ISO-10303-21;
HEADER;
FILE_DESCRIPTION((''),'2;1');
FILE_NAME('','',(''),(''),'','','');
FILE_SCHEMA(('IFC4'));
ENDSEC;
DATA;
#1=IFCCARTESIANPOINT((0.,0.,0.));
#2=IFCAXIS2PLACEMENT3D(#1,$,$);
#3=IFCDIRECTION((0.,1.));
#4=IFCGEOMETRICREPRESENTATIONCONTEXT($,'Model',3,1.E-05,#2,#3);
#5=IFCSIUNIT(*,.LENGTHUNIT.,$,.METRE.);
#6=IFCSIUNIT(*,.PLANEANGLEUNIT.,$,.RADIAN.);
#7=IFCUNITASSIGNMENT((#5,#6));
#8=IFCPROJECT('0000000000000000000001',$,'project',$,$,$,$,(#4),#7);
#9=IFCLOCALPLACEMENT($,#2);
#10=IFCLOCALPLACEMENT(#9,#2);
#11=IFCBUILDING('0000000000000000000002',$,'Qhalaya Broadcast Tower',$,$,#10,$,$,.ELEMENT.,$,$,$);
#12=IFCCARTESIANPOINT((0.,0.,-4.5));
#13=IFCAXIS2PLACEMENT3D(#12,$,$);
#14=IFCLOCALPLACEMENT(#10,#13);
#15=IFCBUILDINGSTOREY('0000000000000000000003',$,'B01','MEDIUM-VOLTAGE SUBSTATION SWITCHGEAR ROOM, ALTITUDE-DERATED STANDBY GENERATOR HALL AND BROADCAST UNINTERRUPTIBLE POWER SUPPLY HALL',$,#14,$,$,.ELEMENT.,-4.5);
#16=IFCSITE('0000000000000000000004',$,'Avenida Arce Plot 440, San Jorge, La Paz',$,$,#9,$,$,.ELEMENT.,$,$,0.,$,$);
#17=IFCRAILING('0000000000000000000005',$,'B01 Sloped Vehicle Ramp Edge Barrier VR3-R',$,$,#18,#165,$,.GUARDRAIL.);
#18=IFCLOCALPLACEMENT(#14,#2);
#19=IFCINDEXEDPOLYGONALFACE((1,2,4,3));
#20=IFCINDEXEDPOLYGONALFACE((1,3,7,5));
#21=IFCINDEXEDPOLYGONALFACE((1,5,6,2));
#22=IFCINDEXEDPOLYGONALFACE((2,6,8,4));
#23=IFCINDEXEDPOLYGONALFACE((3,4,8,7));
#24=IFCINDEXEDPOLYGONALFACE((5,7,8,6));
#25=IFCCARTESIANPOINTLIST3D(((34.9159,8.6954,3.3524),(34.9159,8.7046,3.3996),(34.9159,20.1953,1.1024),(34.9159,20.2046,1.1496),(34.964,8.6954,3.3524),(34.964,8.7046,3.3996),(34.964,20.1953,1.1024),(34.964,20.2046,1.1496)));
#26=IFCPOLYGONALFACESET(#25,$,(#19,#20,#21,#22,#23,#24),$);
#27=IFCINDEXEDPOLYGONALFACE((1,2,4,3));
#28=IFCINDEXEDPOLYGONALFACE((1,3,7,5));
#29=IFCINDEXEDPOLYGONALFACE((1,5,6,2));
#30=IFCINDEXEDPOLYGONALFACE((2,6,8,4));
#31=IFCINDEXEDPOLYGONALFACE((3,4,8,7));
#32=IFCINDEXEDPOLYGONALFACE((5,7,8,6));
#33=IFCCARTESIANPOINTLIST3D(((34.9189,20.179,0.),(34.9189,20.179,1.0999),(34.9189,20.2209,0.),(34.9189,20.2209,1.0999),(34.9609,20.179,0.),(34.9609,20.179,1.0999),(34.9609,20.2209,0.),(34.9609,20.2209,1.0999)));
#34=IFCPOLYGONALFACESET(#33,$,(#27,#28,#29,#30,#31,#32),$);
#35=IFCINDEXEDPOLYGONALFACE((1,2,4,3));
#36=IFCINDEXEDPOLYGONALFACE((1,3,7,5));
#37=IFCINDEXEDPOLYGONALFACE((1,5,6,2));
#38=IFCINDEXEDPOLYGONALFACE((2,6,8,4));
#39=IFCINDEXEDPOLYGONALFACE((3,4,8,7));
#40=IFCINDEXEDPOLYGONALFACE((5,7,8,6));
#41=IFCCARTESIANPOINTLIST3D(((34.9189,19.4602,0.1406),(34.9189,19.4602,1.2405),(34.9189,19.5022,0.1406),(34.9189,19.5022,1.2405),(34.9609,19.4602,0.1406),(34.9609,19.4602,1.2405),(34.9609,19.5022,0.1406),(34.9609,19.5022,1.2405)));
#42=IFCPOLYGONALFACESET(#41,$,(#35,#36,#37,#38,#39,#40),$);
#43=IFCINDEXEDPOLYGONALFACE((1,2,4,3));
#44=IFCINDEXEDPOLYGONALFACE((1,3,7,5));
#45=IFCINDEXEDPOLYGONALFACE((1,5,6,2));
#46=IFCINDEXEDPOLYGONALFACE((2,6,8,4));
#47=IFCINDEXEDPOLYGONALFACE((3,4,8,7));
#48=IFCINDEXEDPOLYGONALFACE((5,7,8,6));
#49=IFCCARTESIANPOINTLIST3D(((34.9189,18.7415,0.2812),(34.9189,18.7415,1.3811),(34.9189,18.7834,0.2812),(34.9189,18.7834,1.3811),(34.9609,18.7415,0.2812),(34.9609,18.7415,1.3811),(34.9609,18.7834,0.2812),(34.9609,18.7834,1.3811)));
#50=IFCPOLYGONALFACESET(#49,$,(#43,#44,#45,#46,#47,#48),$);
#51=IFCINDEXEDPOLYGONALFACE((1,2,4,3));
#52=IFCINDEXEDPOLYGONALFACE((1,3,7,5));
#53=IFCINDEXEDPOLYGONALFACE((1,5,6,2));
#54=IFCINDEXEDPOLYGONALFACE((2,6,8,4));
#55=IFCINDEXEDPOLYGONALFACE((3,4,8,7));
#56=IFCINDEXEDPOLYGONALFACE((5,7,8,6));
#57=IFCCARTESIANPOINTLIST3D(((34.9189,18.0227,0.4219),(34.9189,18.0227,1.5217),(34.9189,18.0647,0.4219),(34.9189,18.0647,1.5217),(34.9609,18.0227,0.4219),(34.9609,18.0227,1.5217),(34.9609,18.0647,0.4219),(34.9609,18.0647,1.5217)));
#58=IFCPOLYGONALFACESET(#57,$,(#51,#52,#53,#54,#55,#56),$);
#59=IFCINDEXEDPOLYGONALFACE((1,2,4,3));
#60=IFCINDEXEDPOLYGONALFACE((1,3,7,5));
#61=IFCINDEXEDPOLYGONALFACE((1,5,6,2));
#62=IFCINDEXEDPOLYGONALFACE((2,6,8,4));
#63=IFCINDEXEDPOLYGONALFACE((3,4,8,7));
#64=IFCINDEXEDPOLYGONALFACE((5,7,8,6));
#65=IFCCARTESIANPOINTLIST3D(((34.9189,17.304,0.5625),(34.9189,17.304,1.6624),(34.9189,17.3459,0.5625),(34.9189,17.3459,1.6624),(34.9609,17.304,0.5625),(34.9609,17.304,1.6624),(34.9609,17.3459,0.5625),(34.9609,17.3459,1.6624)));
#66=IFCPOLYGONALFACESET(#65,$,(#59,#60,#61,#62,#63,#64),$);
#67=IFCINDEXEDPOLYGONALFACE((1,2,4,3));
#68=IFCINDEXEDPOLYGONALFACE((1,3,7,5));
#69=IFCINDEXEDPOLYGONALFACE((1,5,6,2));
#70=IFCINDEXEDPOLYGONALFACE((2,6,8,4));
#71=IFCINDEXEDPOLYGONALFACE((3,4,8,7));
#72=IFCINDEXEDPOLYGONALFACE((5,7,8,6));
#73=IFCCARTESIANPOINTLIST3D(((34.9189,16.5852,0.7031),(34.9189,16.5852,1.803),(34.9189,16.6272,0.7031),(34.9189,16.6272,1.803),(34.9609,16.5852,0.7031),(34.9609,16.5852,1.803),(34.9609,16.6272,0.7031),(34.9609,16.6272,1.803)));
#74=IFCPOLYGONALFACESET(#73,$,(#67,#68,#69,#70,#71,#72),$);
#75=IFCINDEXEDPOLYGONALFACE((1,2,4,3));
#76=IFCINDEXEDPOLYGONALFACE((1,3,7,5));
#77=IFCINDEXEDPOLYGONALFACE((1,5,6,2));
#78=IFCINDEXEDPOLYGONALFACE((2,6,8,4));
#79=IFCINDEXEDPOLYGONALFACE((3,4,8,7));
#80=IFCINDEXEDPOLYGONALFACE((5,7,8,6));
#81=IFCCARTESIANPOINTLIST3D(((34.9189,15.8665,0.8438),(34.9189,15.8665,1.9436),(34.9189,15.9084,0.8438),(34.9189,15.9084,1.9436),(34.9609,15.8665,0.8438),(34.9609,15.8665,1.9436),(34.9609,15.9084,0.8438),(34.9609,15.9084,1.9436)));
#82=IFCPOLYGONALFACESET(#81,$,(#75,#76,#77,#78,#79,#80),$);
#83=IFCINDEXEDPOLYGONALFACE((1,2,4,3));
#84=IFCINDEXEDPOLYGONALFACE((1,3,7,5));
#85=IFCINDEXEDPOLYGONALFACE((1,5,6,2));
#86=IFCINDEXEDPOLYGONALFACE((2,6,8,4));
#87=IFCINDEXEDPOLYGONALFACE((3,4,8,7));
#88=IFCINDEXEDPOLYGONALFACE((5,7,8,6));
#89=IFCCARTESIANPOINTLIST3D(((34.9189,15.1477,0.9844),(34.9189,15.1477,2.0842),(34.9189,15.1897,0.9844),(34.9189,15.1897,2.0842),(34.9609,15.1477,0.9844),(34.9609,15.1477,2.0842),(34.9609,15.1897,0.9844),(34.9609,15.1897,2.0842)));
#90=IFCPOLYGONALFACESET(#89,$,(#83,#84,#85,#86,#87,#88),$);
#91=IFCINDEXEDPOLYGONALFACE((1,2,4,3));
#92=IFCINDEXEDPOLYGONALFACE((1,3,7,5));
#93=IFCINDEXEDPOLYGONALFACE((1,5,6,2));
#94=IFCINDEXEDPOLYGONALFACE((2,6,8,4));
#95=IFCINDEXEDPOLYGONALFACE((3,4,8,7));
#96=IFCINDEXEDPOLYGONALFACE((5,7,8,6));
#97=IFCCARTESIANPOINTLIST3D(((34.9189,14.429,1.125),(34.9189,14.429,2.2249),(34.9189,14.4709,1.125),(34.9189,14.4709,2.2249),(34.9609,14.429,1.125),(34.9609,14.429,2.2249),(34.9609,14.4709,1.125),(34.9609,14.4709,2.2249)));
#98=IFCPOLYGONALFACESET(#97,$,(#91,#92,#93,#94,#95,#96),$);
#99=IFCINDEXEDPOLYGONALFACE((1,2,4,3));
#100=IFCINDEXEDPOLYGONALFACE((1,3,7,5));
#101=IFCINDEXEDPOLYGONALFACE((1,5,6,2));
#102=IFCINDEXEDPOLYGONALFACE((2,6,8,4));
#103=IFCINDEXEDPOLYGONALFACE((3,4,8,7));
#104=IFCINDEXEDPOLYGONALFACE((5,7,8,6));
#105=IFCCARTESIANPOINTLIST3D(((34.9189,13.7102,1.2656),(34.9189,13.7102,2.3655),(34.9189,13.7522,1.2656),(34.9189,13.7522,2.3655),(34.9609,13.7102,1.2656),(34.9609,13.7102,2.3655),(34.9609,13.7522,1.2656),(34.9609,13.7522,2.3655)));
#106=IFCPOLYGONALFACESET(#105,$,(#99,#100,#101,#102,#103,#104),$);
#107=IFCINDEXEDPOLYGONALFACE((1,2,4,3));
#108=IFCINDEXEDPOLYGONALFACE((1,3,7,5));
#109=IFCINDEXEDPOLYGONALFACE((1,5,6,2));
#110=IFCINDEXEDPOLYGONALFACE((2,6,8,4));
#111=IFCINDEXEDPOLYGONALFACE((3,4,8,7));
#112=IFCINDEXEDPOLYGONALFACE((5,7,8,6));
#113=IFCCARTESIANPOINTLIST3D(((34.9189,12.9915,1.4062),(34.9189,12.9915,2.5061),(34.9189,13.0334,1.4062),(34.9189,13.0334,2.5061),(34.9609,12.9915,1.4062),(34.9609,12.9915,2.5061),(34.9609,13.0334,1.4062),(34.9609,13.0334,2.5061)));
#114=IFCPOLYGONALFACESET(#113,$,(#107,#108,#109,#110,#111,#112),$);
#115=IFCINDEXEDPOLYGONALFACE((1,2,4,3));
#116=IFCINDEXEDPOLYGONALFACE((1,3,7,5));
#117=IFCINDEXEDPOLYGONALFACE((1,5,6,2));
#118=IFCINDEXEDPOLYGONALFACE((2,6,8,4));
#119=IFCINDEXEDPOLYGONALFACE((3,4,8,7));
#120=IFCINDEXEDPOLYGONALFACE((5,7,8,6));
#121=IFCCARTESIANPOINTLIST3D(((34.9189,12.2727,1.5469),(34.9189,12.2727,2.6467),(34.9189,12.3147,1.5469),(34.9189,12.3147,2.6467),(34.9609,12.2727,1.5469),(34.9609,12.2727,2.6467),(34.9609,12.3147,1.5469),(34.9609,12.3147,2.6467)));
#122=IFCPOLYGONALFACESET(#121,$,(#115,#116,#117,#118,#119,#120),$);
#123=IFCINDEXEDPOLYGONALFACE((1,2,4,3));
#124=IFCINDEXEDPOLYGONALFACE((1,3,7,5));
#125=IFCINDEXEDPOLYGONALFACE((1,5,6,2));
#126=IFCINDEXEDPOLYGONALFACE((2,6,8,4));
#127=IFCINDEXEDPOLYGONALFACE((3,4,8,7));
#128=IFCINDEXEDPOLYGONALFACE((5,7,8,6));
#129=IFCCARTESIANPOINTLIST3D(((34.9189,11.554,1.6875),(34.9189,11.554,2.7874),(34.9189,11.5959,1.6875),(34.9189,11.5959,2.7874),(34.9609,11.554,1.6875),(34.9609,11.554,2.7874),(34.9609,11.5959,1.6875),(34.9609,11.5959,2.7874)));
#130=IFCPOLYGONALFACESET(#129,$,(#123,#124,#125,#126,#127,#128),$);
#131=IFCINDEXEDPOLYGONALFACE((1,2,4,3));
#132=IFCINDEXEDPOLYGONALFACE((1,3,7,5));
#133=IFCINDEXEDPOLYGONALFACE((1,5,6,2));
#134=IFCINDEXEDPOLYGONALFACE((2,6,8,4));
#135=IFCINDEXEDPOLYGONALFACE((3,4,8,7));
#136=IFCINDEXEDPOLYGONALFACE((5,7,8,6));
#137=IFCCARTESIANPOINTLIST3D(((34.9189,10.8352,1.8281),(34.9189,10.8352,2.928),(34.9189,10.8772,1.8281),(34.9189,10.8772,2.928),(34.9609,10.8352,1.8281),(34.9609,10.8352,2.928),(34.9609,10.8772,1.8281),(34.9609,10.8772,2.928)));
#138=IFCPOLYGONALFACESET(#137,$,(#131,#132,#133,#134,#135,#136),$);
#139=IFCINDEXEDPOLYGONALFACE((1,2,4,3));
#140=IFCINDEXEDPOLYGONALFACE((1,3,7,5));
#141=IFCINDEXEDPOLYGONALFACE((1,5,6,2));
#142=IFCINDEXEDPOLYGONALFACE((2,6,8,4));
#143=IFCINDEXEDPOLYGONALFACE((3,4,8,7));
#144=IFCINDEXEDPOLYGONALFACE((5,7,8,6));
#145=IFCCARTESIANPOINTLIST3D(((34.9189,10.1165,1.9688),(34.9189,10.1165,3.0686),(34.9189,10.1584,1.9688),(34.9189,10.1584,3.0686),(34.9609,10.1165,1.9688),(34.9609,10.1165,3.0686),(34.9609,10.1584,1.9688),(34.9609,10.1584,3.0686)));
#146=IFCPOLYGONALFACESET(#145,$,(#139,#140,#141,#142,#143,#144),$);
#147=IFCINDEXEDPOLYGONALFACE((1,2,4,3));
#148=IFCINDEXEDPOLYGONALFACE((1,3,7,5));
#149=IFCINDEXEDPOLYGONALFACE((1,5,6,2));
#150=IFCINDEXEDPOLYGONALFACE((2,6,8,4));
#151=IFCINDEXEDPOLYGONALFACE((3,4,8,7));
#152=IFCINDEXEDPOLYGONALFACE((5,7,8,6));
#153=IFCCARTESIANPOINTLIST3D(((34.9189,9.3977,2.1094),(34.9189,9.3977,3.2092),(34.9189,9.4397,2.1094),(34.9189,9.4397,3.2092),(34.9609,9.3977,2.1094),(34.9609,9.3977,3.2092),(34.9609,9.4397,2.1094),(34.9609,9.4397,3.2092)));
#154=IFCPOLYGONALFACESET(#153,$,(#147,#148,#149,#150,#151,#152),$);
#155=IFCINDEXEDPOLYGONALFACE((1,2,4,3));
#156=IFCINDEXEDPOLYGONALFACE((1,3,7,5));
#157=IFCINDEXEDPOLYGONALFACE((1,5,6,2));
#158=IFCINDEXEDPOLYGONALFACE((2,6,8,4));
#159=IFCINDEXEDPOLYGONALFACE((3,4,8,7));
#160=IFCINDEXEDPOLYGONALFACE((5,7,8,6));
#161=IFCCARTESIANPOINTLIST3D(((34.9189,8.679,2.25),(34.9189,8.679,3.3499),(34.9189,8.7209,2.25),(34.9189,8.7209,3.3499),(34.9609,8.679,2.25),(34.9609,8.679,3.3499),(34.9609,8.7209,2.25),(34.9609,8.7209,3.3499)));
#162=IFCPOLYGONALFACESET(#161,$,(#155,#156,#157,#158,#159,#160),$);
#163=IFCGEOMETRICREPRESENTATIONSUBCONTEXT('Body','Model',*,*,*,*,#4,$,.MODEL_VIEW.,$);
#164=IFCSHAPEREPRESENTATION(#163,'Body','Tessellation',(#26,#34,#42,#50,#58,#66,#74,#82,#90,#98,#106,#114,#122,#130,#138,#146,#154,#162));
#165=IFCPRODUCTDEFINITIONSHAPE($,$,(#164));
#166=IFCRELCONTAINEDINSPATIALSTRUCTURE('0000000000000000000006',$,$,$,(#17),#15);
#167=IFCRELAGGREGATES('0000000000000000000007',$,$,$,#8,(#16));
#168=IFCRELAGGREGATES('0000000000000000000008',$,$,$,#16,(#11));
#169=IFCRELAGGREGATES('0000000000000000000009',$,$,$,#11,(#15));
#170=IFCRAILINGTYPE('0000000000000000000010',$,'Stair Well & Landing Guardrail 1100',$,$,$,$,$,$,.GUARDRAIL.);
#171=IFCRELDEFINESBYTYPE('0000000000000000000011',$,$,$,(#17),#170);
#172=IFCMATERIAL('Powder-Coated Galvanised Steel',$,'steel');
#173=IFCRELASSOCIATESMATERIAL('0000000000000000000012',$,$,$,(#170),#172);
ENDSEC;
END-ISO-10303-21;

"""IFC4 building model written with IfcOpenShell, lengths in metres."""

from ifc_helpers import new_model, si_unit, direction, frame, origin, origin_2d, place, context, subcontext, project, spatial, rectangle, extrude, material, type_object, element, save


model = new_model("IFC4")

# Units and contexts
model_context = context("Model", 3, precision=1e-05, world=origin(), true_north=direction((0.0, 1.0)))
body_context = subcontext(model_context, "Body", "Model", "MODEL_VIEW")
ifc_project = project(units=[si_unit("LENGTHUNIT", "METRE"), si_unit("PLANEANGLEUNIT", "RADIAN")], contexts=[model_context])

# Site, building, storey
site_placement = place(None, origin())
site = spatial("IfcSite", under=ifc_project, at=site_placement, Name="Avenida Arce Plot 440, San Jorge, La Paz", CompositionType="ELEMENT", RefElevation=0.0)
building_placement = place(site_placement, origin())
building = spatial("IfcBuilding", under=site, at=building_placement, Name="Qhalaya Broadcast Tower", CompositionType="ELEMENT")
storey_placement = place(building_placement, frame((0.0, 0.0, -4.5)))
storey = spatial("IfcBuildingStorey", under=building, at=storey_placement, Name="B01", Description="MEDIUM-VOLTAGE SUBSTATION SWITCHGEAR ROOM, ALTITUDE-DERATED STANDBY GENERATOR HALL AND BROADCAST UNINTERRUPTIBLE POWER SUPPLY HALL", CompositionType="ELEMENT", Elevation=-4.5)

# Railing
ifc_material_1 = material(Name="Powder-Coated Galvanised Steel", Category="steel")
railing_type = type_object("IfcRailingType", Name="Stair Well & Landing Guardrail 1100", PredefinedType="GUARDRAIL", material=ifc_material_1)
railing_1_placement = place(storey_placement, frame((34.9399, 20.2, 0.0)))
element("IfcRailing", 1, at=railing_1_placement, inside=storey, type_object=railing_type, Name="B01 Sloped Vehicle Ramp Edge Barrier VR3-R", PredefinedType="GUARDRAIL", context=body_context, shape_type="SweptSolid", body=[
    extrude(rectangle(XDim=0.0481, YDim=0.0481, at=origin_2d()), frame((0.0, 0.0, 1.126), z_axis=(0.0, -0.981393, 0.192012), x_axis=(1.0, 0.0, 0.0)), (0.0, 0.0, 1.0), 11.718),
    extrude(rectangle(XDim=0.042, YDim=0.042, at=origin_2d()), origin(), (0.0, 0.0, 1.0), 1.0999),
    extrude(rectangle(XDim=0.042, YDim=0.042, at=origin_2d()), frame((0.0, -0.7188, 0.1406)), (0.0, 0.0, 1.0), 1.0999),
    extrude(rectangle(XDim=0.042, YDim=0.042, at=origin_2d()), frame((0.0, -1.4375, 0.2812)), (0.0, 0.0, 1.0), 1.0999),
    extrude(rectangle(XDim=0.042, YDim=0.042, at=origin_2d()), frame((0.0, -2.1562, 0.4219)), (0.0, 0.0, 1.0), 1.0999),
    extrude(rectangle(XDim=0.042, YDim=0.042, at=origin_2d()), frame((0.0, -2.875, 0.5625)), (0.0, 0.0, 1.0), 1.0999),
    extrude(rectangle(XDim=0.042, YDim=0.042, at=origin_2d()), frame((0.0, -3.5938, 0.7031)), (0.0, 0.0, 1.0), 1.0999),
    extrude(rectangle(XDim=0.042, YDim=0.042, at=origin_2d()), frame((0.0, -4.3125, 0.8438)), (0.0, 0.0, 1.0), 1.0999),
    extrude(rectangle(XDim=0.042, YDim=0.042, at=origin_2d()), frame((0.0, -5.0312, 0.9844)), (0.0, 0.0, 1.0), 1.0999),
    extrude(rectangle(XDim=0.042, YDim=0.042, at=origin_2d()), frame((0.0, -5.75, 1.125)), (0.0, 0.0, 1.0), 1.0999),
    extrude(rectangle(XDim=0.042, YDim=0.042, at=origin_2d()), frame((0.0, -6.4688, 1.2656)), (0.0, 0.0, 1.0), 1.0999),
    extrude(rectangle(XDim=0.042, YDim=0.042, at=origin_2d()), frame((0.0, -7.1875, 1.4062)), (0.0, 0.0, 1.0), 1.0999),
    extrude(rectangle(XDim=0.042, YDim=0.042, at=origin_2d()), frame((0.0, -7.9062, 1.5469)), (0.0, 0.0, 1.0), 1.0999),
    extrude(rectangle(XDim=0.042, YDim=0.042, at=origin_2d()), frame((0.0, -8.625, 1.6875)), (0.0, 0.0, 1.0), 1.0999),
    extrude(rectangle(XDim=0.042, YDim=0.042, at=origin_2d()), frame((0.0, -9.3438, 1.8281)), (0.0, 0.0, 1.0), 1.0999),
    extrude(rectangle(XDim=0.042, YDim=0.042, at=origin_2d()), frame((0.0, -10.0625, 1.9688)), (0.0, 0.0, 1.0), 1.0999),
    extrude(rectangle(XDim=0.042, YDim=0.042, at=origin_2d()), frame((0.0, -10.7812, 2.1094)), (0.0, 0.0, 1.0), 1.0999),
    extrude(rectangle(XDim=0.042, YDim=0.042, at=origin_2d()), frame((0.0, -11.5, 2.25)), (0.0, 0.0, 1.0), 1.0999),
])

save(model, "model.ifc")
